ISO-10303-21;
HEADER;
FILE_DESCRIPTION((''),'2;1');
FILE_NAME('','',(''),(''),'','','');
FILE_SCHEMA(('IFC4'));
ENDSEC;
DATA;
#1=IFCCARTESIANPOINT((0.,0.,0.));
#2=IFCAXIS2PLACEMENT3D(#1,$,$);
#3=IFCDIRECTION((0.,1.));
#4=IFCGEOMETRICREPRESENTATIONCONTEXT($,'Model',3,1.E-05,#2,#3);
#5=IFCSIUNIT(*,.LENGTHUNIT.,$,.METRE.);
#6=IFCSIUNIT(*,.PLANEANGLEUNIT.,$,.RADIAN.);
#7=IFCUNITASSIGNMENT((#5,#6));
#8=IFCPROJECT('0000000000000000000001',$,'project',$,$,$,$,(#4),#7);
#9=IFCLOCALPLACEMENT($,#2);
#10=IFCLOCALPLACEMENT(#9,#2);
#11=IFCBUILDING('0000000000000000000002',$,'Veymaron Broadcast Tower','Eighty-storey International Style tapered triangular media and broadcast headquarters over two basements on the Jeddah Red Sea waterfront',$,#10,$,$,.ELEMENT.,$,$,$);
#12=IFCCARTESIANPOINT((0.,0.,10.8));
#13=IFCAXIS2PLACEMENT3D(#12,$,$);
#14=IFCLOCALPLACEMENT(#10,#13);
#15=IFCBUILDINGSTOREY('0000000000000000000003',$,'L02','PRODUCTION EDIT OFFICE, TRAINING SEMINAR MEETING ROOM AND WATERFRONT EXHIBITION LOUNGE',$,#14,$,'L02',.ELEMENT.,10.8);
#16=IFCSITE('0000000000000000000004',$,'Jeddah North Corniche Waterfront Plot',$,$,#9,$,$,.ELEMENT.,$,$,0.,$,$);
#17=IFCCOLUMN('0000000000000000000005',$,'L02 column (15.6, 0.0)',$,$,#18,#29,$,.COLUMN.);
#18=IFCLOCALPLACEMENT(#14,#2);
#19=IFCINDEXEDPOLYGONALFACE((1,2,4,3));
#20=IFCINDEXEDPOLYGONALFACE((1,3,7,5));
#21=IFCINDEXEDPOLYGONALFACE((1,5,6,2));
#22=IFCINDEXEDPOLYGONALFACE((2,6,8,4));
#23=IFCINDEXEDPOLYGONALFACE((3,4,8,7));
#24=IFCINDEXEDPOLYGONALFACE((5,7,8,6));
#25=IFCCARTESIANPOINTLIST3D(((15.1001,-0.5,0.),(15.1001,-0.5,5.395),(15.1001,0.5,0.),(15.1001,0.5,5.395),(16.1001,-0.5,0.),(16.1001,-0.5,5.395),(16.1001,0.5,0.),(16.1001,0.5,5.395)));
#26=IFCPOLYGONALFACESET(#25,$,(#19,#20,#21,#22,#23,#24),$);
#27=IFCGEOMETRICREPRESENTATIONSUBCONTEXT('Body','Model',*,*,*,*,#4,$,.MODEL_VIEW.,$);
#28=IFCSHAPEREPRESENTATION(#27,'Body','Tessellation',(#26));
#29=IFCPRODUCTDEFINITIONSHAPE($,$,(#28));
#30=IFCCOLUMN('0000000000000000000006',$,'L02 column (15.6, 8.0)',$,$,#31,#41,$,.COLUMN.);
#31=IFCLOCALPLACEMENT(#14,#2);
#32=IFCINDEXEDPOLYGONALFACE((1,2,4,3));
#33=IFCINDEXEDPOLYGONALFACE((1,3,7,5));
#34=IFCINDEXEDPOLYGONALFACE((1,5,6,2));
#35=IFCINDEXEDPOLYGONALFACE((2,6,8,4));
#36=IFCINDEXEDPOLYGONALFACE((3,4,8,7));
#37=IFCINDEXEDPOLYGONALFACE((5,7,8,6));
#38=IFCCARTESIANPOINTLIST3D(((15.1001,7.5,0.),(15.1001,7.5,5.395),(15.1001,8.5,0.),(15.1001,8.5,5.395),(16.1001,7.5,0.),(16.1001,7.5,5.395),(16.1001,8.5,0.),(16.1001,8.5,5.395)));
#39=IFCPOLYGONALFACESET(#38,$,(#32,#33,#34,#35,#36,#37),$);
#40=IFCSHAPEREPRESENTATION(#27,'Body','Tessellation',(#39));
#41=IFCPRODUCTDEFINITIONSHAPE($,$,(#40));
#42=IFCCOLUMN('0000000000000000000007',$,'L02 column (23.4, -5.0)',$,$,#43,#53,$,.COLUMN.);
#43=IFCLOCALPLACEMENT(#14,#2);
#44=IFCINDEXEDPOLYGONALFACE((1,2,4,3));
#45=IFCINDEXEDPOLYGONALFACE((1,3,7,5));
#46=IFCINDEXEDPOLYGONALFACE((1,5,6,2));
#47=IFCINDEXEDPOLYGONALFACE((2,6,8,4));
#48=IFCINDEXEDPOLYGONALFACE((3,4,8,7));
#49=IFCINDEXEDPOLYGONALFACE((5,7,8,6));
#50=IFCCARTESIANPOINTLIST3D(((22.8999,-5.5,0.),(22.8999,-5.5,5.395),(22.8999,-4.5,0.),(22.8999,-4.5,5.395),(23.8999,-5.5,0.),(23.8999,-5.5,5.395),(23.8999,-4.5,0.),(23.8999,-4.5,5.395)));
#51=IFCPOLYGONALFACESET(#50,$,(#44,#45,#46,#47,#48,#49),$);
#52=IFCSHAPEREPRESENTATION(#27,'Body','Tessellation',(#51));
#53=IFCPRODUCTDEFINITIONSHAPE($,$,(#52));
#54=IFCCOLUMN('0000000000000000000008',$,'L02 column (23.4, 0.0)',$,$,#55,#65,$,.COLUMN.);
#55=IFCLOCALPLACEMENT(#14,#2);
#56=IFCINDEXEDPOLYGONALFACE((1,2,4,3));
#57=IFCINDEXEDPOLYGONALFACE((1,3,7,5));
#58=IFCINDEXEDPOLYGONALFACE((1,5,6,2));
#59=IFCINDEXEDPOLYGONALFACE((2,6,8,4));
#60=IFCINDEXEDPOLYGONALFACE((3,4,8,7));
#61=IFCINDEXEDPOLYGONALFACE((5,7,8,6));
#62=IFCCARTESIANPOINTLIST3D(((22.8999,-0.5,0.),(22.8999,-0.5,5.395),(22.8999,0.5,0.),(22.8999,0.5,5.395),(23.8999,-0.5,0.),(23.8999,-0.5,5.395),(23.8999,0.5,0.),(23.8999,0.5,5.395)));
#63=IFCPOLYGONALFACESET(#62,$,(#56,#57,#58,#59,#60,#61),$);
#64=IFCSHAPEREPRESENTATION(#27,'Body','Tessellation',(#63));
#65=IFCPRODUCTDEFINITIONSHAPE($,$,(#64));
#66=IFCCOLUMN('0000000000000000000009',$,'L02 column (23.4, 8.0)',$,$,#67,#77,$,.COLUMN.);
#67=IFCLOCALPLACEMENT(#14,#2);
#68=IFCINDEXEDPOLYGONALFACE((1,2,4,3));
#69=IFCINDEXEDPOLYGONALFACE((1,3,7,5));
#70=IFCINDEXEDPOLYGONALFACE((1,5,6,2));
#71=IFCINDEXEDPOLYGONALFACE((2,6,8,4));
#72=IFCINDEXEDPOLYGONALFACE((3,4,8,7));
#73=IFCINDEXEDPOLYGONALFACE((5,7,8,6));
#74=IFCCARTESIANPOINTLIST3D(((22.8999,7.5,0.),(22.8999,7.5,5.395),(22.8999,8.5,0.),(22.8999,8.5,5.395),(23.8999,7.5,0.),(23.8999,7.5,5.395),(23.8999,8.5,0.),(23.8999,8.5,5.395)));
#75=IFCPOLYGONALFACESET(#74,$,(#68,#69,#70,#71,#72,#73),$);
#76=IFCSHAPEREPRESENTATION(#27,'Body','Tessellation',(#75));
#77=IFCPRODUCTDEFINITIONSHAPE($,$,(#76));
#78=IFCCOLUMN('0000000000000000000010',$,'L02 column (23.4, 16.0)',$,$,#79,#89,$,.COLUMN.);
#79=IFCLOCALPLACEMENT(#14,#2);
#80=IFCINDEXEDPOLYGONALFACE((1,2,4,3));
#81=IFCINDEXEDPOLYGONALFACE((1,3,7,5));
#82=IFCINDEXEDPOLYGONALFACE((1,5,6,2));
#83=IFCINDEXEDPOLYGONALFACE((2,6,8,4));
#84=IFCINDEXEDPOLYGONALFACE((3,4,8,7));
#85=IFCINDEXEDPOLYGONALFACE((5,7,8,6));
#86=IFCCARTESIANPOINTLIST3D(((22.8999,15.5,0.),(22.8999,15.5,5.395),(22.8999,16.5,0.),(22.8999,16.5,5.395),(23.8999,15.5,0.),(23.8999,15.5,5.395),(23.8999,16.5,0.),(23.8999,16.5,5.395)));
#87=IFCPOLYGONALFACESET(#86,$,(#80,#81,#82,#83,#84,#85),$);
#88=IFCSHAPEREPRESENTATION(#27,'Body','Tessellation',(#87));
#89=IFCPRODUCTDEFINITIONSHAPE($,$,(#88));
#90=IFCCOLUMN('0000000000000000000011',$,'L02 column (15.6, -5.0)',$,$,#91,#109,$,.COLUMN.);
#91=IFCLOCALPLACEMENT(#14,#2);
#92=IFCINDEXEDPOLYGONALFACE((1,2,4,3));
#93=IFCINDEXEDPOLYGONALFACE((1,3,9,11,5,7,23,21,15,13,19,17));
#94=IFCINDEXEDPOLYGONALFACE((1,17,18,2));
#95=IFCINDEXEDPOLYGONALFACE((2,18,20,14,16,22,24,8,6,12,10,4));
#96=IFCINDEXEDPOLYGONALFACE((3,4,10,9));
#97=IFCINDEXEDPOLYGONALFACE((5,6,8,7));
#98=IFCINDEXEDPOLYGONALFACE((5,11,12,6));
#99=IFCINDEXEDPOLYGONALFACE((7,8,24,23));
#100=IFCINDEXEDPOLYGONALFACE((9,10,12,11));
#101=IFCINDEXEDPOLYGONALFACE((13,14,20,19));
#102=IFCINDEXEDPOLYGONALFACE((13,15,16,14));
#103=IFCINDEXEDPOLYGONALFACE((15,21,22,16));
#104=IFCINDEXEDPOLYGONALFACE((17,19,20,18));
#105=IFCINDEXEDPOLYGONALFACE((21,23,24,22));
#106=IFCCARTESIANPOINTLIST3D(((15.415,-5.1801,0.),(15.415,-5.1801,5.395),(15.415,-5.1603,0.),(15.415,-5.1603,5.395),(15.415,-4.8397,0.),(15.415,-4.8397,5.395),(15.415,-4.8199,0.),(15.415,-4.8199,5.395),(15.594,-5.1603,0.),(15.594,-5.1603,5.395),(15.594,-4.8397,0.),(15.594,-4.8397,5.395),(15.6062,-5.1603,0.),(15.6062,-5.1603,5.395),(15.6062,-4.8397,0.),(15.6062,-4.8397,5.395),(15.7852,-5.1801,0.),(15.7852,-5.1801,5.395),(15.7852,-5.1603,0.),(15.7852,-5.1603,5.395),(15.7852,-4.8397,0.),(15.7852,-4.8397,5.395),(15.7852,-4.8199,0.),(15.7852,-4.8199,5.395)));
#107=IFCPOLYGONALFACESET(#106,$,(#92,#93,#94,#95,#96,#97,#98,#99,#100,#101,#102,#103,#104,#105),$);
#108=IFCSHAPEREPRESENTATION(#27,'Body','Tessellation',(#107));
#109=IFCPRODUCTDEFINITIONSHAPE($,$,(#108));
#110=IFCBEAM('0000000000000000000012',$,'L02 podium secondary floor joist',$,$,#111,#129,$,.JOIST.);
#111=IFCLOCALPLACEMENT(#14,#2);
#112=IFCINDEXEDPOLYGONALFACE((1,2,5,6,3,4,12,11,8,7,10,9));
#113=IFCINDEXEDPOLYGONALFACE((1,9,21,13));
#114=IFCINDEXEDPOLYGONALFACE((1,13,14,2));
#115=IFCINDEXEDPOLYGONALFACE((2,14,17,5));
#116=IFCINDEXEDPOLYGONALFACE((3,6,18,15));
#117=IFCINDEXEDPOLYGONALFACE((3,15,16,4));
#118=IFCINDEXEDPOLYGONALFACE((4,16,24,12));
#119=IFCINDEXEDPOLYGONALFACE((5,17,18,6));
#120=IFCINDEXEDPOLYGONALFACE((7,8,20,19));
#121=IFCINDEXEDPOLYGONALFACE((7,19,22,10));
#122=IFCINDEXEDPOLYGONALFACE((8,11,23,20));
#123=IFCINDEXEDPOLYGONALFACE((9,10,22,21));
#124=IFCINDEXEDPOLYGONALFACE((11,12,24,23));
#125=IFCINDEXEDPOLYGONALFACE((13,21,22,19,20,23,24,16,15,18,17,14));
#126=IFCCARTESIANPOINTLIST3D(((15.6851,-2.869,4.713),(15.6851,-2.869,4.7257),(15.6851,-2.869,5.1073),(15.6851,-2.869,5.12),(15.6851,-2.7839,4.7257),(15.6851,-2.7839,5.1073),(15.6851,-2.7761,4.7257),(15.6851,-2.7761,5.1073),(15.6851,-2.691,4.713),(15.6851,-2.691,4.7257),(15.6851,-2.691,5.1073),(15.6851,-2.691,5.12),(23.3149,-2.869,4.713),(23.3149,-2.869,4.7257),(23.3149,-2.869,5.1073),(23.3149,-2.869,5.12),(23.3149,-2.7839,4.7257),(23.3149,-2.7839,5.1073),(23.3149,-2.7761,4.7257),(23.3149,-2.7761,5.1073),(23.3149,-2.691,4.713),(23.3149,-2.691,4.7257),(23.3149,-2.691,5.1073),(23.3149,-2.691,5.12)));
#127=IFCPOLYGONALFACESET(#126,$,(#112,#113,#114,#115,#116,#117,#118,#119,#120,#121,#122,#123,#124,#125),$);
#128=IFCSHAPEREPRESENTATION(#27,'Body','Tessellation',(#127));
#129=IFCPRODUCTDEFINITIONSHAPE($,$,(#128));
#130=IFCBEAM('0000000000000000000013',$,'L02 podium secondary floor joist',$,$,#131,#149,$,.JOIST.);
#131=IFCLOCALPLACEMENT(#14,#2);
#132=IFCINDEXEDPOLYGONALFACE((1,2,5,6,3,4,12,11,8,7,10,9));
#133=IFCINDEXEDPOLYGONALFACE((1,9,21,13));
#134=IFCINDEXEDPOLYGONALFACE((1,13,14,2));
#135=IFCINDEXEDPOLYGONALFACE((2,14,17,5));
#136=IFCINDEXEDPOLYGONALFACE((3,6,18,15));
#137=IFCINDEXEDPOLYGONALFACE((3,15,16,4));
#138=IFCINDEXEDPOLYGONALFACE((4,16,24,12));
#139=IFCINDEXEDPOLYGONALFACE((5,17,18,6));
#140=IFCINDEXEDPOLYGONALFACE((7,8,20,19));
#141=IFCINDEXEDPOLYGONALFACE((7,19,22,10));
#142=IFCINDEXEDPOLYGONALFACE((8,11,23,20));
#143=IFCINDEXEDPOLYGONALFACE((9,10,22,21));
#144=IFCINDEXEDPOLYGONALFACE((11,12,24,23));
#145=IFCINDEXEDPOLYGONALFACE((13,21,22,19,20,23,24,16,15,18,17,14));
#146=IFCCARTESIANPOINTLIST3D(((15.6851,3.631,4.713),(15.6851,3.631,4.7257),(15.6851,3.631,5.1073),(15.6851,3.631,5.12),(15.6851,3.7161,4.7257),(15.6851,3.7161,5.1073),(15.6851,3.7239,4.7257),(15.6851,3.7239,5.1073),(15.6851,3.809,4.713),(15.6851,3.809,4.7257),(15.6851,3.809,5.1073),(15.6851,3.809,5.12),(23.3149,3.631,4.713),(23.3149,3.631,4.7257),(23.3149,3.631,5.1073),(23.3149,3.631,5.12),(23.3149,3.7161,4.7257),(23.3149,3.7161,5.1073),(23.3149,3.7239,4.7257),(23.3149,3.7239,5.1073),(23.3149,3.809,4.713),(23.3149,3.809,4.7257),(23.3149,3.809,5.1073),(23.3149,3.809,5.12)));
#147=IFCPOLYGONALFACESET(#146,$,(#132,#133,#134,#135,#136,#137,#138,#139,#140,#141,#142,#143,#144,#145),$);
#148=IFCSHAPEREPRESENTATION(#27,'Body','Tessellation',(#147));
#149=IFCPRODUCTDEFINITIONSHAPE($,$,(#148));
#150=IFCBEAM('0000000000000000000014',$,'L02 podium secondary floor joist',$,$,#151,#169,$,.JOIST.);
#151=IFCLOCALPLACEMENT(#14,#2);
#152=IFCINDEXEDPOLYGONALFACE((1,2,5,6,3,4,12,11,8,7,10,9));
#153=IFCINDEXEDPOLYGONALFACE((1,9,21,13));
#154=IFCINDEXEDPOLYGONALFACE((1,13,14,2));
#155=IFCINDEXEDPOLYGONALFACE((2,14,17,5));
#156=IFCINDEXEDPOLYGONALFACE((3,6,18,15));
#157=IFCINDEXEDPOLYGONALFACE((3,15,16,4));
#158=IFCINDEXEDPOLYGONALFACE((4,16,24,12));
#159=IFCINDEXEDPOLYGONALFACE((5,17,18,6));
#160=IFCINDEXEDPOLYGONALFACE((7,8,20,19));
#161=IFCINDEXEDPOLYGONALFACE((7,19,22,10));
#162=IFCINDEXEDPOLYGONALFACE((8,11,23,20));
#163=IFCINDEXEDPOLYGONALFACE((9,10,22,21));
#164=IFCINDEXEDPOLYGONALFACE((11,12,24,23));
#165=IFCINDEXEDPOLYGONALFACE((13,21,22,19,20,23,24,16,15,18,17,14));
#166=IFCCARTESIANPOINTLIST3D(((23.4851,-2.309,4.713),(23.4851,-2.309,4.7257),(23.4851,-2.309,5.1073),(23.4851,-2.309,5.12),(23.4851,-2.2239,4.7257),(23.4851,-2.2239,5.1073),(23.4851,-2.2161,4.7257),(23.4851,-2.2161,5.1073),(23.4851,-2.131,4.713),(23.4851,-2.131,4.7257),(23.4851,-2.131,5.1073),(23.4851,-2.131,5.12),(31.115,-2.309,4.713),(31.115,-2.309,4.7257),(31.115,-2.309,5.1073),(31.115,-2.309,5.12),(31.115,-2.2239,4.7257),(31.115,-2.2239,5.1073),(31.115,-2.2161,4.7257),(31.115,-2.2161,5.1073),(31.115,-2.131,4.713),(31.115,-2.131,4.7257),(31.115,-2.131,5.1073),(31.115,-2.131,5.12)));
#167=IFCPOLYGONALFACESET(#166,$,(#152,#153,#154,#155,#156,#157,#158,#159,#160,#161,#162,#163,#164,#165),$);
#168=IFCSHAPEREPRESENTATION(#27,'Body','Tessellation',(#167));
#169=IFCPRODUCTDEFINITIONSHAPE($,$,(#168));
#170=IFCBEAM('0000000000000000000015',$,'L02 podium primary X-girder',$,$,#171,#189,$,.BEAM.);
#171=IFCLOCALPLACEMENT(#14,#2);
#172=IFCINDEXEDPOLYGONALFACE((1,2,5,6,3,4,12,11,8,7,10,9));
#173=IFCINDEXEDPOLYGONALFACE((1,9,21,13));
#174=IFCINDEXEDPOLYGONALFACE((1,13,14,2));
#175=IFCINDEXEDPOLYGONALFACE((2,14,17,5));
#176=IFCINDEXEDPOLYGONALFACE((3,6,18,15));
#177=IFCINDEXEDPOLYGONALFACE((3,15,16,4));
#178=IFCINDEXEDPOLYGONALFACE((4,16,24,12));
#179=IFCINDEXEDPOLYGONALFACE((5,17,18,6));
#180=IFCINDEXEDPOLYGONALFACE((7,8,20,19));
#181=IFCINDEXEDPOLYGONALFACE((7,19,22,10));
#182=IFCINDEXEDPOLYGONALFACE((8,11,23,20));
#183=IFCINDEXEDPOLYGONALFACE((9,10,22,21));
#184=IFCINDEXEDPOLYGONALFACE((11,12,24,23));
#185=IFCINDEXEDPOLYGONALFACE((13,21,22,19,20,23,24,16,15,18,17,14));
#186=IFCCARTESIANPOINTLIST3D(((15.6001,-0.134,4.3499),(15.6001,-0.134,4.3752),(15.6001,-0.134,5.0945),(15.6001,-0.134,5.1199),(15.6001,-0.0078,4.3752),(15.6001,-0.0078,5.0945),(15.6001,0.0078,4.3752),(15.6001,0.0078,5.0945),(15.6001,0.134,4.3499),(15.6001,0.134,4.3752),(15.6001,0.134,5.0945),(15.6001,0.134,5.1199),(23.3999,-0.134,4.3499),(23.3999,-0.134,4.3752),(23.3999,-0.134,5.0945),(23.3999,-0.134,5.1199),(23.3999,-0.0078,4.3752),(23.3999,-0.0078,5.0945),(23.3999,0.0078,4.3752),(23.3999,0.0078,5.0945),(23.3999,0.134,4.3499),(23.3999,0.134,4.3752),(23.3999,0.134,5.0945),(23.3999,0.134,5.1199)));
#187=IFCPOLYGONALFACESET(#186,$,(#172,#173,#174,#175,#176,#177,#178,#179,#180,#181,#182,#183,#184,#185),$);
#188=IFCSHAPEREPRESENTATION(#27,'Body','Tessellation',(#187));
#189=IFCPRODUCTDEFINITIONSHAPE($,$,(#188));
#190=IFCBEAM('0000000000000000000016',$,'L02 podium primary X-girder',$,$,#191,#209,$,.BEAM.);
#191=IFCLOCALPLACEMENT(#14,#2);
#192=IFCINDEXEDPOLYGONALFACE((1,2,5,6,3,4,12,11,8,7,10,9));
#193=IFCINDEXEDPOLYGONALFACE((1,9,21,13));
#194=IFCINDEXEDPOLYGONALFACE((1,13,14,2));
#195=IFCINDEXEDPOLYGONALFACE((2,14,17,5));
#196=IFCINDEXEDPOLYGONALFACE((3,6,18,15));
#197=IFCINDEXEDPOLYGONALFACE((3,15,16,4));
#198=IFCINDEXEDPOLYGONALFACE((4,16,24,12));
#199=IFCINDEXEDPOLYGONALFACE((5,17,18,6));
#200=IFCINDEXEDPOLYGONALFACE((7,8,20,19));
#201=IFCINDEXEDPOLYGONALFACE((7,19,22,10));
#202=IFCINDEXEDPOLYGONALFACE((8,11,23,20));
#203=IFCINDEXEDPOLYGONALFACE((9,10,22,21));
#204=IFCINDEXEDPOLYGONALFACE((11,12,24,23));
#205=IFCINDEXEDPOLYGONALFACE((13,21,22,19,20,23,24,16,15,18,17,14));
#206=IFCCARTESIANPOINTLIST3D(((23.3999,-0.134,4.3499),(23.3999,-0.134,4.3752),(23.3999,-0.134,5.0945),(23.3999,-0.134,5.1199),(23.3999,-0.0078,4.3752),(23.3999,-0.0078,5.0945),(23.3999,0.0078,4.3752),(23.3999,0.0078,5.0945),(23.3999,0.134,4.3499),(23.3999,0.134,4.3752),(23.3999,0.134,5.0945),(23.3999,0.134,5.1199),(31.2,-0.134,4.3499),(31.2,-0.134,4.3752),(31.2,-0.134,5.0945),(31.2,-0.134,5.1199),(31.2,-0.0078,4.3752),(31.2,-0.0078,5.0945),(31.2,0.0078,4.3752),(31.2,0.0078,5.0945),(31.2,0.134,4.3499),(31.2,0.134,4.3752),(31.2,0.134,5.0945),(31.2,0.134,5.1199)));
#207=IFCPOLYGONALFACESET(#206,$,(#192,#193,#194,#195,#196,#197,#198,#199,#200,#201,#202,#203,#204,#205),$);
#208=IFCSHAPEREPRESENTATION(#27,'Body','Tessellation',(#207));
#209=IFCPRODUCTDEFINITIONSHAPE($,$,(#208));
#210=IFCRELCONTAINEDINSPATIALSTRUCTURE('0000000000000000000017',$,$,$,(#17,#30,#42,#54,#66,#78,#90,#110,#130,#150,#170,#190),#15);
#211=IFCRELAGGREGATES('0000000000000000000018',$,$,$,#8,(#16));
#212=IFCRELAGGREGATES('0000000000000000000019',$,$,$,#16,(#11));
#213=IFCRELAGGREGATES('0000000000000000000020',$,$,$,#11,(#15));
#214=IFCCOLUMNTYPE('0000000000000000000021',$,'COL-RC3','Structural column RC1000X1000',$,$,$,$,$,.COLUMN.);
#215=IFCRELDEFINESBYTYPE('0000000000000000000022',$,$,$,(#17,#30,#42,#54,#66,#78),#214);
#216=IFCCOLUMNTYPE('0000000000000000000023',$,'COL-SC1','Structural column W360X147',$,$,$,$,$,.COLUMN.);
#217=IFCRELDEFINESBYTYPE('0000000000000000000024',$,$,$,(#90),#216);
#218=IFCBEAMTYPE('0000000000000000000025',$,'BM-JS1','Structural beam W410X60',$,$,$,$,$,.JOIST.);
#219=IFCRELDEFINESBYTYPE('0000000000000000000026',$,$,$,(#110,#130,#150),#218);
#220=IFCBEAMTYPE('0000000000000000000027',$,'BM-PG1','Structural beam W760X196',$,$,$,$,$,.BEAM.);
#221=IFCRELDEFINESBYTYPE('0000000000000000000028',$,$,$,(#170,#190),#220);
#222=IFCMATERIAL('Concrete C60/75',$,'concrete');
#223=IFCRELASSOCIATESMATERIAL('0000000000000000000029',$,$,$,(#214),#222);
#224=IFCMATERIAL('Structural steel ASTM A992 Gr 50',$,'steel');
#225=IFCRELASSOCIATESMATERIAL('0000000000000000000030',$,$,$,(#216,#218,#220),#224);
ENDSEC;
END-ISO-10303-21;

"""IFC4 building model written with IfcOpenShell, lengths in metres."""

from ifc_helpers import new_model, si_unit, direction, frame, origin, origin_2d, place, context, subcontext, project, spatial, rectangle, i_section, extrude, material, material_profile, profile_set, type_object, element, save


model = new_model("IFC4")

# Units and contexts
model_context = context("Model", 3, precision=1e-05, world=origin(), true_north=direction((0.0, 1.0)))
body_context = subcontext(model_context, "Body", "Model", "MODEL_VIEW")
ifc_project = project(units=[si_unit("LENGTHUNIT", "METRE"), si_unit("PLANEANGLEUNIT", "RADIAN")], contexts=[model_context])

# Site, building, storey
site_placement = place(None, origin())
site = spatial("IfcSite", under=ifc_project, at=site_placement, Name="Jeddah North Corniche Waterfront Plot", CompositionType="ELEMENT", RefElevation=0.0)
building_placement = place(site_placement, origin())
building = spatial("IfcBuilding", under=site, at=building_placement, Name="Veymaron Broadcast Tower", Description="Eighty-storey International Style tapered triangular media and broadcast headquarters over two basements on the Jeddah Red Sea waterfront", CompositionType="ELEMENT")
storey_placement = place(building_placement, frame((0.0, 0.0, 10.8)))
storey = spatial("IfcBuildingStorey", under=building, at=storey_placement, Name="L02", Description="PRODUCTION EDIT OFFICE, TRAINING SEMINAR MEETING ROOM AND WATERFRONT EXHIBITION LOUNGE", LongName="L02", CompositionType="ELEMENT", Elevation=10.8)

# Columns
ifc_material_1 = material(Name="Concrete C60/75", Category="concrete")
ifc_material_profile_1 = material_profile(ifc_material_1, rectangle(XDim=1.0, YDim=1.0, at=origin_2d()), Name="RC1000X1000")
ifc_profile_set_1 = profile_set([ifc_material_profile_1], Name="Concrete C60/75")
column_type_1 = type_object("IfcColumnType", Name="COL-RC3", Description="Structural column RC1000X1000", PredefinedType="COLUMN", material=ifc_profile_set_1)
for number, where, z_axis, x_axis, name in (
    (1, (15.6001, 0.0, 0.0), (0.0, 0.0, 1.0), (1.0, 0.0, 0.0), "L02 column (15.6, 0.0)"),
    (2, (15.6001, 8.0, 0.0), (0.0, 0.0, 1.0), (1.0, 0.0, 0.0), "L02 column (15.6, 8.0)"),
    (3, (23.3999, -5.0, 0.0), (0.0, 0.0, 1.0), (1.0, 0.0, 0.0), "L02 column (23.4, -5.0)"),
    (4, (23.3999, 0.0, 0.0), (0.0, 0.0, 1.0), (1.0, 0.0, 0.0), "L02 column (23.4, 0.0)"),
    (5, (23.3999, 8.0, 0.0), (0.0, 0.0, 1.0), (1.0, 0.0, 0.0), "L02 column (23.4, 8.0)"),
    (6, (23.3999, 16.0, 0.0), (0.0, 0.0, 1.0), (1.0, 0.0, 0.0), "L02 column (23.4, 16.0)"),
):
    element("IfcColumn", number, at=place(storey_placement, frame(where, z_axis=z_axis, x_axis=x_axis)), inside=storey, type_object=column_type_1, Name=name, PredefinedType="COLUMN", context=body_context, shape_type="SweptSolid", body=[
        extrude(rectangle(XDim=1.0, YDim=1.0, at=origin_2d()), origin(), (0.0, 0.0, 1.0), 5.395),
    ])
ifc_material_2 = material(Name="Structural steel ASTM A992 Gr 50", Category="steel")
ifc_material_profile_2 = material_profile(ifc_material_2, i_section(OverallWidth=0.3701, OverallDepth=0.3601, WebThickness=0.0122, FlangeThickness=0.0198, at=origin_2d()), Name="W360X147")
ifc_profile_set_2 = profile_set([ifc_material_profile_2], Name="Structural steel ASTM A992 Gr 50")
column_type_2 = type_object("IfcColumnType", Name="COL-SC1", Description="Structural column W360X147", PredefinedType="COLUMN", material=ifc_profile_set_2)
column_placement = place(storey_placement, frame((15.6001, -5.0, 0.0), z_axis=(0.0, 0.0, 1.0), x_axis=(1.0, 0.0, 0.0)))
element("IfcColumn", 7, at=column_placement, inside=storey, type_object=column_type_2, Name="L02 column (15.6, -5.0)", PredefinedType="COLUMN", context=body_context, shape_type="SweptSolid", body=[
    extrude(i_section(OverallWidth=0.3701, OverallDepth=0.3601, WebThickness=0.0122, FlangeThickness=0.0198, at=origin_2d()), origin(), (0.0, 0.0, 1.0), 5.395),
])

# Beams
ifc_material_profile_3 = material_profile(ifc_material_2, i_section(OverallWidth=0.178, OverallDepth=0.407, WebThickness=0.0078, FlangeThickness=0.0127, at=origin_2d()), Name="W410X60")
ifc_profile_set_3 = profile_set([ifc_material_profile_3], Name="Structural steel ASTM A992 Gr 50")
beam_type_1 = type_object("IfcBeamType", Name="BM-JS1", Description="Structural beam W410X60", PredefinedType="JOIST", material=ifc_profile_set_3)
for number, where, z_axis, x_axis, name in (
    (8, (15.6851, -2.78, 4.9165), (1.0, 0.0, 0.0), (0.0, 1.0, 0.0), "L02 podium secondary floor joist"),
    (9, (15.6851, 3.72, 4.9165), (1.0, 0.0, 0.0), (0.0, 1.0, 0.0), "L02 podium secondary floor joist"),
    (10, (23.4851, -2.22, 4.9165), (1.0, 0.0, 0.0), (0.0, 1.0, 0.0), "L02 podium secondary floor joist"),
):
    element("IfcBeam", number, at=place(storey_placement, frame(where, z_axis=z_axis, x_axis=x_axis)), inside=storey, type_object=beam_type_1, Name=name, PredefinedType="JOIST", context=body_context, shape_type="SweptSolid", body=[
        extrude(i_section(OverallWidth=0.178, OverallDepth=0.407, WebThickness=0.0078, FlangeThickness=0.0127, at=origin_2d()), origin(), (0.0, 0.0, 1.0), 7.6299),
    ])
ifc_material_profile_4 = material_profile(ifc_material_2, i_section(OverallWidth=0.2681, OverallDepth=0.77, WebThickness=0.0156, FlangeThickness=0.0254, at=origin_2d()), Name="W760X196")
ifc_profile_set_4 = profile_set([ifc_material_profile_4], Name="Structural steel ASTM A992 Gr 50")
beam_type_2 = type_object("IfcBeamType", Name="BM-PG1", Description="Structural beam W760X196", PredefinedType="BEAM", material=ifc_profile_set_4)
beam_1_placement = place(storey_placement, frame((15.6001, 0.0, 4.7349), z_axis=(1.0, 0.0, 0.0), x_axis=(0.0, 1.0, 0.0)))
element("IfcBeam", 11, at=beam_1_placement, inside=storey, type_object=beam_type_2, Name="L02 podium primary X-girder", PredefinedType="BEAM", context=body_context, shape_type="SweptSolid", body=[
    extrude(i_section(OverallWidth=0.2681, OverallDepth=0.77, WebThickness=0.0156, FlangeThickness=0.0254, at=origin_2d()), origin(), (0.0, 0.0, 1.0), 7.7998),
])
beam_2_placement = place(storey_placement, frame((23.3999, 0.0, 4.7349), z_axis=(1.0, 0.0, 0.0), x_axis=(0.0, 1.0, 0.0)))
element("IfcBeam", 12, at=beam_2_placement, inside=storey, type_object=beam_type_2, Name="L02 podium primary X-girder", PredefinedType="BEAM", context=body_context, shape_type="SweptSolid", body=[
    extrude(i_section(OverallWidth=0.2681, OverallDepth=0.77, WebThickness=0.0156, FlangeThickness=0.0254, at=origin_2d()), origin(), (0.0, 0.0, 1.0), 7.8),
])

save(model, "model.ifc")
